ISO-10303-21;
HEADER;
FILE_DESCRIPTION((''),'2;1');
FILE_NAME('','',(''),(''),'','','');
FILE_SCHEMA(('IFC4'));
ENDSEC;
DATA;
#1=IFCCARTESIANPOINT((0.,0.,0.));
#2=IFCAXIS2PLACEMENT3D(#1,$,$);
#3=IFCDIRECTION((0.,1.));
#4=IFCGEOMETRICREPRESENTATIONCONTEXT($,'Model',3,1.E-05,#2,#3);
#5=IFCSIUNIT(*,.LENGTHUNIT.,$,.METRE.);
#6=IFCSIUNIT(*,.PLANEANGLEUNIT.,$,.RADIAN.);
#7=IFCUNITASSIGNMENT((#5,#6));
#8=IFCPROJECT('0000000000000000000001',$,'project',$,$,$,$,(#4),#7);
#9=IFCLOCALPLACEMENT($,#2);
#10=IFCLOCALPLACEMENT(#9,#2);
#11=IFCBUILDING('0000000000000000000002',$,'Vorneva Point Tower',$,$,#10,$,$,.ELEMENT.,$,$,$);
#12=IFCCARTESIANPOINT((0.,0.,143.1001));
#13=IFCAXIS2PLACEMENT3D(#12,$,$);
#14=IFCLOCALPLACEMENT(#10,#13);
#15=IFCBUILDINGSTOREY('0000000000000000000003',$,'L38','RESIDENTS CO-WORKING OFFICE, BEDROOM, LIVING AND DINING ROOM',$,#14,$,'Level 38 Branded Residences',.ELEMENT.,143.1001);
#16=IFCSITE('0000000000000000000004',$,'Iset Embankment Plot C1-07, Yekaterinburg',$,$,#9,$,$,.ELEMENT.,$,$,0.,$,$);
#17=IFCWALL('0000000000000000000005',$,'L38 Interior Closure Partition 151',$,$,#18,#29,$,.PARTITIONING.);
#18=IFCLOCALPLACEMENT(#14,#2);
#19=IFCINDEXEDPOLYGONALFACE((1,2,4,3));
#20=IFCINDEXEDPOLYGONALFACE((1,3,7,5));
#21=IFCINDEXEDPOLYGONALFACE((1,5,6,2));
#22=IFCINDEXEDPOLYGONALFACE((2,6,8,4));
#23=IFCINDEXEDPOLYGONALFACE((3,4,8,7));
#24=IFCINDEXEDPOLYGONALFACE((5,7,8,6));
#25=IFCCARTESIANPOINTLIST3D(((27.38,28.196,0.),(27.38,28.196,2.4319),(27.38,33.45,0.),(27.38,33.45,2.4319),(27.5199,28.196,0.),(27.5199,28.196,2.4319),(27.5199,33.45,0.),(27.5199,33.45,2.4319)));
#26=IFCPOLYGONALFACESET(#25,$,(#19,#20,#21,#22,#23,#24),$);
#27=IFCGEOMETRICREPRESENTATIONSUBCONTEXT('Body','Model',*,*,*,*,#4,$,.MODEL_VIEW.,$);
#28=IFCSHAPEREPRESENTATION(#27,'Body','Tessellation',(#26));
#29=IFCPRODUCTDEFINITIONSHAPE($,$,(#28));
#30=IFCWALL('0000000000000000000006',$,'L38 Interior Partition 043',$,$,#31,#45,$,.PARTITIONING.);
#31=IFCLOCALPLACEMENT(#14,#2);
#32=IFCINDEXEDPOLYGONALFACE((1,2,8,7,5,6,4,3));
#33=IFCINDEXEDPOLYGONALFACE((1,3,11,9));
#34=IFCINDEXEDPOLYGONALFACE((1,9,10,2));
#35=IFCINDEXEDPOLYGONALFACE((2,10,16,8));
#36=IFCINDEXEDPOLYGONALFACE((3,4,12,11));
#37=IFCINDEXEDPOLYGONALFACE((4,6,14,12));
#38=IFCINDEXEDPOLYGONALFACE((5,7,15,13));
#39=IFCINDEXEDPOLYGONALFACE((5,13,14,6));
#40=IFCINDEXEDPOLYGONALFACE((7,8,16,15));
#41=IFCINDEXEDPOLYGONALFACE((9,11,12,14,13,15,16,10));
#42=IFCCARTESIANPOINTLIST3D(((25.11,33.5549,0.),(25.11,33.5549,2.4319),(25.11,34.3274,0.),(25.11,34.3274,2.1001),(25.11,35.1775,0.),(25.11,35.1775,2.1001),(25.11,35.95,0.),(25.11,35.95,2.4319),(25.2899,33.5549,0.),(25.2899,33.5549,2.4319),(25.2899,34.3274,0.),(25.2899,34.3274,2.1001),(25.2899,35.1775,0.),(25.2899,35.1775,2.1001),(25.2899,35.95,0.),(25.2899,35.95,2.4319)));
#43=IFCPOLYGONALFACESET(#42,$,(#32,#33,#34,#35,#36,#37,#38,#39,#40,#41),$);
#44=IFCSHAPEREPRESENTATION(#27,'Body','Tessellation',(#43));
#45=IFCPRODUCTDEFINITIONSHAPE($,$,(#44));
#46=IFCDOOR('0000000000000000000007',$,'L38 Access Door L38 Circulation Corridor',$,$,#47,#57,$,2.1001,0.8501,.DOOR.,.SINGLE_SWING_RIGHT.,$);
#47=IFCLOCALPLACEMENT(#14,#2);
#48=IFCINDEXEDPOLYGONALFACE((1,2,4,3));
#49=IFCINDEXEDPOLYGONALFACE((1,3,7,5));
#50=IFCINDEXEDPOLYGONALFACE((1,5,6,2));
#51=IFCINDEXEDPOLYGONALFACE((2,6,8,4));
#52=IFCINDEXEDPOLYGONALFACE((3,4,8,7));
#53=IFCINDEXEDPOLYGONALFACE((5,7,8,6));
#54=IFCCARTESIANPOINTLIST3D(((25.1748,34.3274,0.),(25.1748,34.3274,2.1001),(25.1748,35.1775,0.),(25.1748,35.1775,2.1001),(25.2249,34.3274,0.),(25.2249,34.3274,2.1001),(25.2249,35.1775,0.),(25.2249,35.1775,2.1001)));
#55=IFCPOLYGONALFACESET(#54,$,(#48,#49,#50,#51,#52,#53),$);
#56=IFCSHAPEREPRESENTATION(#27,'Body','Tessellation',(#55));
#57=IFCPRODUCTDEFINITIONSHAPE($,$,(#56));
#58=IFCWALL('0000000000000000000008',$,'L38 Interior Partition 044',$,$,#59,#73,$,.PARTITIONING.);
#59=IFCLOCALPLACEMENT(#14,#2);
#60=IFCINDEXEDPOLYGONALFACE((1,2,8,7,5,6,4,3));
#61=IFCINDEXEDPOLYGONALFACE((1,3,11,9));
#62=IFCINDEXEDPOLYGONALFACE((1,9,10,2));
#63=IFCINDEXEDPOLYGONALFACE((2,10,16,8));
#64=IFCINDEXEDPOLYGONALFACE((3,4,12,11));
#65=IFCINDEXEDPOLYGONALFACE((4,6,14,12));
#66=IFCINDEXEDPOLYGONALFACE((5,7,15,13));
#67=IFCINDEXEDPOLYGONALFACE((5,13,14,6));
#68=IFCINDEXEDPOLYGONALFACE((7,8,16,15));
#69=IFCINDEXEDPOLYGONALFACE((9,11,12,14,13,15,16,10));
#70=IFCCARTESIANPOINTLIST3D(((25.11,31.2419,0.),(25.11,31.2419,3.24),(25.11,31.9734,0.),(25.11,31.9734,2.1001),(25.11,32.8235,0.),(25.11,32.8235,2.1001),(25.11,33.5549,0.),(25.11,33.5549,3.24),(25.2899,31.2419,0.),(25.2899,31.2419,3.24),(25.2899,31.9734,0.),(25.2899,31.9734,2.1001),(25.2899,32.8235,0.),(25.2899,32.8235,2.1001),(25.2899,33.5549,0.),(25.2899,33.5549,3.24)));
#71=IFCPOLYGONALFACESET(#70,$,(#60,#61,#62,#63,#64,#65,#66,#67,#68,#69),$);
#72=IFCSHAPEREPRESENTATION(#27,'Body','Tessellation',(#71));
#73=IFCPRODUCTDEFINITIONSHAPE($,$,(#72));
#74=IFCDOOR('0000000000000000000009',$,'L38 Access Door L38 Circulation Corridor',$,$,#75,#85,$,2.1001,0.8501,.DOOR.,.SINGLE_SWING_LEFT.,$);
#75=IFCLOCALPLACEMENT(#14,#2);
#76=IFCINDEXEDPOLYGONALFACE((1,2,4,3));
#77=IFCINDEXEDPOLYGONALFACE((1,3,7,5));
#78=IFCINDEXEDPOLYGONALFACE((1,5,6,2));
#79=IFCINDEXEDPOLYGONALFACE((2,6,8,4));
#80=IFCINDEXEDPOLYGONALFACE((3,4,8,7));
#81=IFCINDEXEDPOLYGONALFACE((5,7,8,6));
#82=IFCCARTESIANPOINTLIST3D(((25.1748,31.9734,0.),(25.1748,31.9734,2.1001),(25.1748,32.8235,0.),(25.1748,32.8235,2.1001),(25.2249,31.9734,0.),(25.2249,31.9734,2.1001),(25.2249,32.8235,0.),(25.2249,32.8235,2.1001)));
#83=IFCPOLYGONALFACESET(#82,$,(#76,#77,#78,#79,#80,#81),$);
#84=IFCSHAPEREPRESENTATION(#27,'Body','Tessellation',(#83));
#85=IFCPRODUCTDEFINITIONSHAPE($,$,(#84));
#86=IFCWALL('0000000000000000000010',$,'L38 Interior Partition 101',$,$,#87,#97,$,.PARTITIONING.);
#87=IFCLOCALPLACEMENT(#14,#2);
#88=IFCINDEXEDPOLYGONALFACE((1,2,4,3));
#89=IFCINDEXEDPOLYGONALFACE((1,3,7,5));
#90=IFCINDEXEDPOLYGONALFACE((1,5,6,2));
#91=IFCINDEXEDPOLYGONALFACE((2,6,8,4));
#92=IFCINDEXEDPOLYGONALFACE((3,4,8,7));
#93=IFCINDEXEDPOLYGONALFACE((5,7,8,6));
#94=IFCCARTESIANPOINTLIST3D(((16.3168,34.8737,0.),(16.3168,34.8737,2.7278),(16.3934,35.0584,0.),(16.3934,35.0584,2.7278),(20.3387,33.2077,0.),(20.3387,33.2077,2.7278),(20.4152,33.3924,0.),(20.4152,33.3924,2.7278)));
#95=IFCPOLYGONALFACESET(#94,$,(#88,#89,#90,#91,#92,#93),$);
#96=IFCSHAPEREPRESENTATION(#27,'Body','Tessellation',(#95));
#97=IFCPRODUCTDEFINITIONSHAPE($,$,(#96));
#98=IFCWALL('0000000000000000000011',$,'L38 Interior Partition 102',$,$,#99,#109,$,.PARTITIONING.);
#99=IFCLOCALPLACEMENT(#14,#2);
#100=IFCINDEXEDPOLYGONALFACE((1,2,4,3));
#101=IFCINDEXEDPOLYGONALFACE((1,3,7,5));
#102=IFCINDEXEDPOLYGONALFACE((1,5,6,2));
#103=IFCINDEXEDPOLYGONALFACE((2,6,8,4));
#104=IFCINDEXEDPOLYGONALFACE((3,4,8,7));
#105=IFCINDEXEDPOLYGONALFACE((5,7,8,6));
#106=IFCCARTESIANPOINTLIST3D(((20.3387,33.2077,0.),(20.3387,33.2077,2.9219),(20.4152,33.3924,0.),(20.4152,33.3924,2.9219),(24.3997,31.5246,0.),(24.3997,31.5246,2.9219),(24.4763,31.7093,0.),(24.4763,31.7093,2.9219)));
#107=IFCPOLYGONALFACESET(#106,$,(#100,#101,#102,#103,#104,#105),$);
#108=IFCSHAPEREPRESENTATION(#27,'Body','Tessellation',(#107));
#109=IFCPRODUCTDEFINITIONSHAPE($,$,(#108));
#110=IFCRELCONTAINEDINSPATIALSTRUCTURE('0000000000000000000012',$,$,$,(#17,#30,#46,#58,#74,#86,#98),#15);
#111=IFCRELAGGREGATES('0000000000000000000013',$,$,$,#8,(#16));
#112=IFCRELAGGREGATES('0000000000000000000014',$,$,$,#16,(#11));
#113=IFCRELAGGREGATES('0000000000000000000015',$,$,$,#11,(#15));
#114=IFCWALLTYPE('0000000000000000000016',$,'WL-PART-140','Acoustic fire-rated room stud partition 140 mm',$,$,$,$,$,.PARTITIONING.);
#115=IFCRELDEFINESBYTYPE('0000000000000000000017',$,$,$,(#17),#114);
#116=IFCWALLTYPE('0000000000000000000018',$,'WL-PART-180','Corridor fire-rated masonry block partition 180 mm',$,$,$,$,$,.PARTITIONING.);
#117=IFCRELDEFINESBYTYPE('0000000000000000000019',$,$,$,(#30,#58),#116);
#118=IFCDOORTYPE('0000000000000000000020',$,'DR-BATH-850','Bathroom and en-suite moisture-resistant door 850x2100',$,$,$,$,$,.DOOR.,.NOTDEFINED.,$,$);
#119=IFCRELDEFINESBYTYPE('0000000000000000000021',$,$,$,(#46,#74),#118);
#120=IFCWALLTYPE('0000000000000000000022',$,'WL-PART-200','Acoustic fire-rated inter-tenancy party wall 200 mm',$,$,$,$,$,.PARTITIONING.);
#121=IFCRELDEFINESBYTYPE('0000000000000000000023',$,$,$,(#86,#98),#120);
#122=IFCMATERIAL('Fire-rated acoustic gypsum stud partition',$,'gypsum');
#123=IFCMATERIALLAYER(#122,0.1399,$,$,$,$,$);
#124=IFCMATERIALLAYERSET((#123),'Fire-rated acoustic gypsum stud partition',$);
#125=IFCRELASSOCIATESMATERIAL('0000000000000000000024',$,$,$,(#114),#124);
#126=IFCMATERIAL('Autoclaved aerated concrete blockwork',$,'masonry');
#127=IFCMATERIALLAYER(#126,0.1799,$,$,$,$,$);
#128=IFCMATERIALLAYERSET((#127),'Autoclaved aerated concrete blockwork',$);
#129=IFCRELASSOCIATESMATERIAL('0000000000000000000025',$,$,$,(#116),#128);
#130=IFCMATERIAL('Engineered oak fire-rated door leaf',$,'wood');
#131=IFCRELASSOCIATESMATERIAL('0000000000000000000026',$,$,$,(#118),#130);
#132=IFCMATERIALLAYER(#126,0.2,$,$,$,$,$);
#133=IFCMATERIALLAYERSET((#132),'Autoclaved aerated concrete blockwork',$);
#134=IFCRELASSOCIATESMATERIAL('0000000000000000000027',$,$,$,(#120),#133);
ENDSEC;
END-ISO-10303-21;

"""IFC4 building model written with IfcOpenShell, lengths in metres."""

from ifc_helpers import new_model, si_unit, direction, frame, frame_2d, origin, place, context, subcontext, project, spatial, rectangle, extrude, material, layer, layer_set, type_object, element, fill, save


model = new_model("IFC4")

# Units and contexts
model_context = context("Model", 3, precision=1e-05, world=origin(), true_north=direction((0.0, 1.0)))
body_context = subcontext(model_context, "Body", "Model", "MODEL_VIEW")
ifc_project = project(units=[si_unit("LENGTHUNIT", "METRE"), si_unit("PLANEANGLEUNIT", "RADIAN")], contexts=[model_context])

# Site, building, storey
site_placement = place(None, origin())
site = spatial("IfcSite", under=ifc_project, at=site_placement, Name="Iset Embankment Plot C1-07, Yekaterinburg", CompositionType="ELEMENT", RefElevation=0.0)
building_placement = place(site_placement, origin())
building = spatial("IfcBuilding", under=site, at=building_placement, Name="Vorneva Point Tower", CompositionType="ELEMENT")
storey_placement = place(building_placement, frame((0.0, 0.0, 143.1001)))
storey = spatial("IfcBuildingStorey", under=building, at=storey_placement, Name="L38", Description="RESIDENTS CO-WORKING OFFICE, BEDROOM, LIVING AND DINING ROOM", LongName="Level 38 Branded Residences", CompositionType="ELEMENT", Elevation=143.1001)

# Shared definitions
ifc_material_1 = material(Name="Fire-rated acoustic gypsum stud partition", Category="gypsum")

# Shared definitions
ifc_layer_1 = layer(ifc_material_1, 0.1399)
ifc_layer_set_1 = layer_set([ifc_layer_1], Name="Fire-rated acoustic gypsum stud partition")
wall_type_1 = type_object("IfcWallType", Name="WL-PART-140", Description="Acoustic fire-rated room stud partition 140 mm", PredefinedType="PARTITIONING", material=ifc_layer_set_1)
ifc_material_2 = material(Name="Engineered oak fire-rated door leaf", Category="wood")

# Wall
wall_1_placement = place(storey_placement, frame((27.45, 33.45, 0.0), z_axis=(0.0, 0.0, 1.0), x_axis=(0.0, -1.0, 0.0)))
element("IfcWall", 1, at=wall_1_placement, inside=storey, type_object=wall_type_1, Name="L38 Interior Closure Partition 151", PredefinedType="PARTITIONING", context=body_context, shape_type="SweptSolid", body=[
    extrude(rectangle(XDim=5.2539, YDim=0.1399, at=frame_2d((2.627, 0.0))), origin(), (0.0, 0.0, 1.0), 2.4319),
])

# Walls, openings, doors
ifc_material_3 = material(Name="Autoclaved aerated concrete blockwork", Category="masonry")
ifc_layer_2 = layer(ifc_material_3, 0.1799)
ifc_layer_set_2 = layer_set([ifc_layer_2], Name="Autoclaved aerated concrete blockwork")
wall_type_2 = type_object("IfcWallType", Name="WL-PART-180", Description="Corridor fire-rated masonry block partition 180 mm", PredefinedType="PARTITIONING", material=ifc_layer_set_2)
wall_2_placement = place(storey_placement, frame((25.2, 35.95, 0.0), z_axis=(0.0, 0.0, 1.0), x_axis=(0.0, -1.0, 0.0)))
wall_2 = element("IfcWall", 2, at=wall_2_placement, inside=storey, type_object=wall_type_2, Name="L38 Interior Partition 043", PredefinedType="PARTITIONING", context=body_context, shape_type="SweptSolid", body=[
    extrude(rectangle(XDim=2.395, YDim=0.1799, at=frame_2d((1.1975, 0.0))), origin(), (0.0, 0.0, 1.0), 2.4319),
])
opening_1_placement = place(wall_2_placement, frame((0.7725, 0.0, 0.0)))
opening_1 = element("IfcOpeningElement", 3, at=opening_1_placement, cuts=wall_2, PredefinedType="OPENING", context=body_context, shape_type="SweptSolid", body=[
    extrude(rectangle(XDim=0.8501, YDim=2.1001, at=frame_2d((0.425, 1.05))), frame((0.0, 0.105, 0.0), z_axis=(0.0, -1.0, 0.0), x_axis=(1.0, 0.0, 0.0)), (0.0, 0.0, 1.0), 0.2097),
])
door_type_1 = type_object("IfcDoorType", Name="DR-BATH-850", Description="Bathroom and en-suite moisture-resistant door 850x2100", OperationType="NOTDEFINED", PredefinedType="DOOR", material=ifc_material_2)
door_1_placement = place(opening_1_placement, origin())
door_1 = element("IfcDoor", 4, at=door_1_placement, inside=storey, type_object=door_type_1, Name="L38 Access Door L38 Circulation Corridor", OperationType="SINGLE_SWING_RIGHT", OverallHeight=2.1001, OverallWidth=0.8501, PredefinedType="DOOR", context=body_context, shape_type="SweptSolid", body=[
    extrude(rectangle(XDim=0.8501, YDim=2.1001, at=frame_2d((0.425, 1.05))), frame((0.0, 0.0249, 0.0), z_axis=(0.0, -1.0, 0.0), x_axis=(1.0, 0.0, 0.0)), (0.0, 0.0, 1.0), 0.05),
])
fill(opening_1, door_1)
wall_3_placement = place(storey_placement, frame((25.2, 33.5549, 0.0), z_axis=(0.0, 0.0, 1.0), x_axis=(0.0, -1.0, 0.0)))
wall_3 = element("IfcWall", 5, at=wall_3_placement, inside=storey, type_object=wall_type_2, Name="L38 Interior Partition 044", PredefinedType="PARTITIONING", context=body_context, shape_type="SweptSolid", body=[
    extrude(rectangle(XDim=2.313, YDim=0.1799, at=frame_2d((1.1565, 0.0))), origin(), (0.0, 0.0, 1.0), 3.24),
])
opening_2_placement = place(wall_3_placement, frame((0.7314, 0.0, 0.0)))
opening_2 = element("IfcOpeningElement", 6, at=opening_2_placement, cuts=wall_3, PredefinedType="OPENING", context=body_context, shape_type="SweptSolid", body=[
    extrude(rectangle(XDim=0.8501, YDim=2.1001, at=frame_2d((0.425, 1.05))), frame((0.0, 0.105, 0.0), z_axis=(0.0, -1.0, 0.0), x_axis=(1.0, 0.0, 0.0)), (0.0, 0.0, 1.0), 0.2097),
])
door_2_placement = place(opening_2_placement, origin())
door_2 = element("IfcDoor", 7, at=door_2_placement, inside=storey, type_object=door_type_1, Name="L38 Access Door L38 Circulation Corridor", OperationType="SINGLE_SWING_LEFT", OverallHeight=2.1001, OverallWidth=0.8501, PredefinedType="DOOR", context=body_context, shape_type="SweptSolid", body=[
    extrude(rectangle(XDim=0.8501, YDim=2.1001, at=frame_2d((0.425, 1.05))), frame((0.0, 0.0249, 0.0), z_axis=(0.0, -1.0, 0.0), x_axis=(1.0, 0.0, 0.0)), (0.0, 0.0, 1.0), 0.05),
])
fill(opening_2, door_2)

# Walls
ifc_layer_3 = layer(ifc_material_3, 0.2)
ifc_layer_set_3 = layer_set([ifc_layer_3], Name="Autoclaved aerated concrete blockwork")
wall_type_3 = type_object("IfcWallType", Name="WL-PART-200", Description="Acoustic fire-rated inter-tenancy party wall 200 mm", PredefinedType="PARTITIONING", material=ifc_layer_set_3)
wall_4_placement = place(storey_placement, frame((16.355, 34.9661, 0.0), z_axis=(0.0, 0.0, 1.0), x_axis=(0.923875, -0.382695, 0.0)))
element("IfcWall", 8, at=wall_4_placement, inside=storey, type_object=wall_type_3, Name="L38 Interior Partition 101", PredefinedType="PARTITIONING", context=body_context, shape_type="SweptSolid", body=[
    extrude(rectangle(XDim=4.3533, YDim=0.2, at=frame_2d((2.1768, 0.0))), origin(), (0.0, 0.0, 1.0), 2.7278),
])
wall_5_placement = place(storey_placement, frame((20.377, 33.3, 0.0), z_axis=(0.0, 0.0, 1.0), x_axis=(0.923802, -0.382872, 0.0)))
element("IfcWall", 9, at=wall_5_placement, inside=storey, type_object=wall_type_3, Name="L38 Interior Partition 102", PredefinedType="PARTITIONING", context=body_context, shape_type="SweptSolid", body=[
    extrude(rectangle(XDim=4.396, YDim=0.2, at=frame_2d((2.198, 0.0))), origin(), (0.0, 0.0, 1.0), 2.9219),
])

save(model, "model.ifc")
